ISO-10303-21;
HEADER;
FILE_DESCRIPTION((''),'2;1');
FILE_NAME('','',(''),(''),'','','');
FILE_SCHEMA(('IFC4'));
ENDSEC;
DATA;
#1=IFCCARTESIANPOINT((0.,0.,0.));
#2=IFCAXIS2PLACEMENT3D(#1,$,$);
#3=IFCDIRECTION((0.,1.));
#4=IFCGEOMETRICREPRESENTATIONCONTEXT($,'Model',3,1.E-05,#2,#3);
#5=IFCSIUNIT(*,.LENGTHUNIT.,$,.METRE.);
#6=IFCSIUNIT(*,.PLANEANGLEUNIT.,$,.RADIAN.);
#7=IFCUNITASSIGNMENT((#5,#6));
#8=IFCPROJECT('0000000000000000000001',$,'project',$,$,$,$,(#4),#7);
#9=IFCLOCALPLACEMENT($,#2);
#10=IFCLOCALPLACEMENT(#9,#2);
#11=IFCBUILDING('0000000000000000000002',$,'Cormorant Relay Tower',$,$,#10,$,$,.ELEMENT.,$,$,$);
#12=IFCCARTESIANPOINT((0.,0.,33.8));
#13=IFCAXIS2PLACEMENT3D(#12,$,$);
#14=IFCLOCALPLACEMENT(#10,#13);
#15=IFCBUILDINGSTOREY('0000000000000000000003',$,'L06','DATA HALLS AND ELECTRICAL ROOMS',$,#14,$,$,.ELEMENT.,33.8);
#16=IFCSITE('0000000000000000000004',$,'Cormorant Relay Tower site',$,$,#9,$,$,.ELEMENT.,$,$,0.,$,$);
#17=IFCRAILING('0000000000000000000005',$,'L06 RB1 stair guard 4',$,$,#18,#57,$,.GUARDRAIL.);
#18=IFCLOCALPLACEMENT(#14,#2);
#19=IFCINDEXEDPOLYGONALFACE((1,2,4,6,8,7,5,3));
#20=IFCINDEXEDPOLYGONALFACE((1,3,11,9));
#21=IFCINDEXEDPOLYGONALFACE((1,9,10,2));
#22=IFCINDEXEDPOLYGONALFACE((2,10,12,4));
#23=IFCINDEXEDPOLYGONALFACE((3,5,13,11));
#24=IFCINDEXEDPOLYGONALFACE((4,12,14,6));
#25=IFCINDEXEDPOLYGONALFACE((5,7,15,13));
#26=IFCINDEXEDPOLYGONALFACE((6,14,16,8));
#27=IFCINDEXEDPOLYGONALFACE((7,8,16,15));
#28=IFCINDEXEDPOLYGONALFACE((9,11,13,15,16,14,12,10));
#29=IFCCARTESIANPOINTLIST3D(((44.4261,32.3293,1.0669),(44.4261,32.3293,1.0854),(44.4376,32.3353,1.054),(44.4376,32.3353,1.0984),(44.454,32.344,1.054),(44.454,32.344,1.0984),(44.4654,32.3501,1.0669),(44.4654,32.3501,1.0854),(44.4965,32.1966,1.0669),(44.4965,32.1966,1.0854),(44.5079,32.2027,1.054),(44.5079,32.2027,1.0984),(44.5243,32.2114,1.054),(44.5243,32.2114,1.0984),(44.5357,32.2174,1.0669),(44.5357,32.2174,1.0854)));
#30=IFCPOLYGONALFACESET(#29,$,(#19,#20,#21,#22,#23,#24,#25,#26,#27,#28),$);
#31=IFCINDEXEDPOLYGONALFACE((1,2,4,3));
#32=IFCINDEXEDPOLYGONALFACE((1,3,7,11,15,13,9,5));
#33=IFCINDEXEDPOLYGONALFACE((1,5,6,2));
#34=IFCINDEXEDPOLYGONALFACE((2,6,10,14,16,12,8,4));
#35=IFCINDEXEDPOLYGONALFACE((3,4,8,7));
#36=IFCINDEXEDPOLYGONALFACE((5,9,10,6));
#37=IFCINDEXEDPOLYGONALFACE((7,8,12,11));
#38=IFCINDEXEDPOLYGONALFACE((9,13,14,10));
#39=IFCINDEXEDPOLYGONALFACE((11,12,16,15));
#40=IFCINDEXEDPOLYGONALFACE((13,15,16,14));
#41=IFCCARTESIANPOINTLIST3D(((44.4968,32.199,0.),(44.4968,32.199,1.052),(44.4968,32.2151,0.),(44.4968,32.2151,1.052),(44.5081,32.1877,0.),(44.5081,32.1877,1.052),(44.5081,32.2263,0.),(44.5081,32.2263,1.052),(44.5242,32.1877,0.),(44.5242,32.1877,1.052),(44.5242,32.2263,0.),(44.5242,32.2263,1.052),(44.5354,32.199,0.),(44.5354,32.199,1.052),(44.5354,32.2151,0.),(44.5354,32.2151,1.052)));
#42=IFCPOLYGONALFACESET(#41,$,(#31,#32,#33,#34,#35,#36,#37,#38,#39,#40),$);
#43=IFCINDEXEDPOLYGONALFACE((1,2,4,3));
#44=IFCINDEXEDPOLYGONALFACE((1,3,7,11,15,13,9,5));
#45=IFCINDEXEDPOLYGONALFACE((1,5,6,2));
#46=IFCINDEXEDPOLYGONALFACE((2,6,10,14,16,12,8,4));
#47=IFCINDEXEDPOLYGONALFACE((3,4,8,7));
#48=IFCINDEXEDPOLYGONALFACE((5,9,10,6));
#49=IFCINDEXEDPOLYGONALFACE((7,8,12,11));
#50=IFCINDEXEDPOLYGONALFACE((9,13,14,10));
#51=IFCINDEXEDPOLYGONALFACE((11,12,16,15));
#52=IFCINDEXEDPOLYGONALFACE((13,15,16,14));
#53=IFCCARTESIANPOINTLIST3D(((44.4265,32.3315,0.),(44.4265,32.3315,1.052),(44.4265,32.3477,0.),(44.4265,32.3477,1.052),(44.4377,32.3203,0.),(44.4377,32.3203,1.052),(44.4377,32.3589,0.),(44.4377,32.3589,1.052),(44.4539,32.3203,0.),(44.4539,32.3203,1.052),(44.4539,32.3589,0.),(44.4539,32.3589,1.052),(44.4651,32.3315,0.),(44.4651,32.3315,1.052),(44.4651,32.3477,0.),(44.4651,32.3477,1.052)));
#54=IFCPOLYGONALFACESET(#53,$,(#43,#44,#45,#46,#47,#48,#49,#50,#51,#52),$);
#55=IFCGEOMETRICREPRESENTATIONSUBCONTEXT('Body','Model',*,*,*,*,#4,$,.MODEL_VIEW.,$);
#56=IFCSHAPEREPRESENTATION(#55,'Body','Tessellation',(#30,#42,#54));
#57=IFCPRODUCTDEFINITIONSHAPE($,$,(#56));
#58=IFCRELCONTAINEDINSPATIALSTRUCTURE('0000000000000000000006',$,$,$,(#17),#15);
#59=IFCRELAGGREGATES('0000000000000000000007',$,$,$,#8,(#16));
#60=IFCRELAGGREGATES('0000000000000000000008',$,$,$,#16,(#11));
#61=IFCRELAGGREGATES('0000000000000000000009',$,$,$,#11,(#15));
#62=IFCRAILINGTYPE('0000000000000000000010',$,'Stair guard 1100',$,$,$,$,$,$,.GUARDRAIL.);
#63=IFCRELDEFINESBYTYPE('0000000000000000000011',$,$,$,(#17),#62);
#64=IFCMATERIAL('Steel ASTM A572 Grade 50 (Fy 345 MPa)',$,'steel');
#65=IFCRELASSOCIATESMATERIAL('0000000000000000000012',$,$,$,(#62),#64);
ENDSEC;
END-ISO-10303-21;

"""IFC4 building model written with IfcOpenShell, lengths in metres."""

from ifc_helpers import new_model, si_unit, direction, frame, origin, place, context, subcontext, project, spatial, polyline, outline, extrude, material, type_object, element, save


model = new_model("IFC4")

# Units and contexts
model_context = context("Model", 3, precision=1e-05, world=origin(), true_north=direction((0.0, 1.0)))
body_context = subcontext(model_context, "Body", "Model", "MODEL_VIEW")
ifc_project = project(units=[si_unit("LENGTHUNIT", "METRE"), si_unit("PLANEANGLEUNIT", "RADIAN")], contexts=[model_context])

# Site, building, storey
site_placement = place(None, origin())
site = spatial("IfcSite", under=ifc_project, at=site_placement, Name="Cormorant Relay Tower site", CompositionType="ELEMENT", RefElevation=0.0)
building_placement = place(site_placement, origin())
building = spatial("IfcBuilding", under=site, at=building_placement, Name="Cormorant Relay Tower", CompositionType="ELEMENT")
storey_placement = place(building_placement, frame((0.0, 0.0, 33.8)))
storey = spatial("IfcBuildingStorey", under=building, at=storey_placement, Name="L06", Description="DATA HALLS AND ELECTRICAL ROOMS", CompositionType="ELEMENT", Elevation=33.8)

# Railing
ifc_material_1 = material(Name="Steel ASTM A572 Grade 50 (Fy 345 MPa)", Category="steel")
railing_type = type_object("IfcRailingType", Name="Stair guard 1100", PredefinedType="GUARDRAIL", material=ifc_material_1)
railing_1_placement = place(storey_placement, frame((44.5161, 32.207, 0.0)))
element("IfcRailing", 1, at=railing_1_placement, inside=storey, type_object=railing_type, Name="L06 RB1 stair guard 4", PredefinedType="GUARDRAIL", context=body_context, shape_type="SweptSolid", body=[
    extrude(outline(polyline([(0.0222, 0.0093), (0.0093, 0.0222), (-0.0093, 0.0222), (-0.0222, 0.0093), (-0.0222, -0.0093), (-0.0093, -0.0222), (0.0093, -0.0222), (0.0222, -0.0093), (0.0222, 0.0093)])), frame((0.0, 0.0, 1.0762), z_axis=(-0.46856, 0.883431, 0.0), x_axis=(-0.883431, -0.46856, 0.0)), (0.0, 0.0, 1.0), 0.1501),
    extrude(outline(polyline([(0.0193, 0.0081), (0.0081, 0.0193), (-0.0081, 0.0193), (-0.0193, 0.0081), (-0.0193, -0.0081), (-0.0081, -0.0193), (0.0081, -0.0193), (0.0193, -0.0081), (0.0193, 0.0081)])), origin(), (0.0, 0.0, 1.0), 1.052),
    extrude(outline(polyline([(0.0193, 0.0081), (0.0081, 0.0193), (-0.0081, 0.0193), (-0.0193, 0.0081), (-0.0193, -0.0081), (-0.0081, -0.0193), (0.0081, -0.0193), (0.0193, -0.0081), (0.0193, 0.0081)])), frame((-0.0703, 0.1326, 0.0)), (0.0, 0.0, 1.0), 1.052),
])

save(model, "model.ifc")
